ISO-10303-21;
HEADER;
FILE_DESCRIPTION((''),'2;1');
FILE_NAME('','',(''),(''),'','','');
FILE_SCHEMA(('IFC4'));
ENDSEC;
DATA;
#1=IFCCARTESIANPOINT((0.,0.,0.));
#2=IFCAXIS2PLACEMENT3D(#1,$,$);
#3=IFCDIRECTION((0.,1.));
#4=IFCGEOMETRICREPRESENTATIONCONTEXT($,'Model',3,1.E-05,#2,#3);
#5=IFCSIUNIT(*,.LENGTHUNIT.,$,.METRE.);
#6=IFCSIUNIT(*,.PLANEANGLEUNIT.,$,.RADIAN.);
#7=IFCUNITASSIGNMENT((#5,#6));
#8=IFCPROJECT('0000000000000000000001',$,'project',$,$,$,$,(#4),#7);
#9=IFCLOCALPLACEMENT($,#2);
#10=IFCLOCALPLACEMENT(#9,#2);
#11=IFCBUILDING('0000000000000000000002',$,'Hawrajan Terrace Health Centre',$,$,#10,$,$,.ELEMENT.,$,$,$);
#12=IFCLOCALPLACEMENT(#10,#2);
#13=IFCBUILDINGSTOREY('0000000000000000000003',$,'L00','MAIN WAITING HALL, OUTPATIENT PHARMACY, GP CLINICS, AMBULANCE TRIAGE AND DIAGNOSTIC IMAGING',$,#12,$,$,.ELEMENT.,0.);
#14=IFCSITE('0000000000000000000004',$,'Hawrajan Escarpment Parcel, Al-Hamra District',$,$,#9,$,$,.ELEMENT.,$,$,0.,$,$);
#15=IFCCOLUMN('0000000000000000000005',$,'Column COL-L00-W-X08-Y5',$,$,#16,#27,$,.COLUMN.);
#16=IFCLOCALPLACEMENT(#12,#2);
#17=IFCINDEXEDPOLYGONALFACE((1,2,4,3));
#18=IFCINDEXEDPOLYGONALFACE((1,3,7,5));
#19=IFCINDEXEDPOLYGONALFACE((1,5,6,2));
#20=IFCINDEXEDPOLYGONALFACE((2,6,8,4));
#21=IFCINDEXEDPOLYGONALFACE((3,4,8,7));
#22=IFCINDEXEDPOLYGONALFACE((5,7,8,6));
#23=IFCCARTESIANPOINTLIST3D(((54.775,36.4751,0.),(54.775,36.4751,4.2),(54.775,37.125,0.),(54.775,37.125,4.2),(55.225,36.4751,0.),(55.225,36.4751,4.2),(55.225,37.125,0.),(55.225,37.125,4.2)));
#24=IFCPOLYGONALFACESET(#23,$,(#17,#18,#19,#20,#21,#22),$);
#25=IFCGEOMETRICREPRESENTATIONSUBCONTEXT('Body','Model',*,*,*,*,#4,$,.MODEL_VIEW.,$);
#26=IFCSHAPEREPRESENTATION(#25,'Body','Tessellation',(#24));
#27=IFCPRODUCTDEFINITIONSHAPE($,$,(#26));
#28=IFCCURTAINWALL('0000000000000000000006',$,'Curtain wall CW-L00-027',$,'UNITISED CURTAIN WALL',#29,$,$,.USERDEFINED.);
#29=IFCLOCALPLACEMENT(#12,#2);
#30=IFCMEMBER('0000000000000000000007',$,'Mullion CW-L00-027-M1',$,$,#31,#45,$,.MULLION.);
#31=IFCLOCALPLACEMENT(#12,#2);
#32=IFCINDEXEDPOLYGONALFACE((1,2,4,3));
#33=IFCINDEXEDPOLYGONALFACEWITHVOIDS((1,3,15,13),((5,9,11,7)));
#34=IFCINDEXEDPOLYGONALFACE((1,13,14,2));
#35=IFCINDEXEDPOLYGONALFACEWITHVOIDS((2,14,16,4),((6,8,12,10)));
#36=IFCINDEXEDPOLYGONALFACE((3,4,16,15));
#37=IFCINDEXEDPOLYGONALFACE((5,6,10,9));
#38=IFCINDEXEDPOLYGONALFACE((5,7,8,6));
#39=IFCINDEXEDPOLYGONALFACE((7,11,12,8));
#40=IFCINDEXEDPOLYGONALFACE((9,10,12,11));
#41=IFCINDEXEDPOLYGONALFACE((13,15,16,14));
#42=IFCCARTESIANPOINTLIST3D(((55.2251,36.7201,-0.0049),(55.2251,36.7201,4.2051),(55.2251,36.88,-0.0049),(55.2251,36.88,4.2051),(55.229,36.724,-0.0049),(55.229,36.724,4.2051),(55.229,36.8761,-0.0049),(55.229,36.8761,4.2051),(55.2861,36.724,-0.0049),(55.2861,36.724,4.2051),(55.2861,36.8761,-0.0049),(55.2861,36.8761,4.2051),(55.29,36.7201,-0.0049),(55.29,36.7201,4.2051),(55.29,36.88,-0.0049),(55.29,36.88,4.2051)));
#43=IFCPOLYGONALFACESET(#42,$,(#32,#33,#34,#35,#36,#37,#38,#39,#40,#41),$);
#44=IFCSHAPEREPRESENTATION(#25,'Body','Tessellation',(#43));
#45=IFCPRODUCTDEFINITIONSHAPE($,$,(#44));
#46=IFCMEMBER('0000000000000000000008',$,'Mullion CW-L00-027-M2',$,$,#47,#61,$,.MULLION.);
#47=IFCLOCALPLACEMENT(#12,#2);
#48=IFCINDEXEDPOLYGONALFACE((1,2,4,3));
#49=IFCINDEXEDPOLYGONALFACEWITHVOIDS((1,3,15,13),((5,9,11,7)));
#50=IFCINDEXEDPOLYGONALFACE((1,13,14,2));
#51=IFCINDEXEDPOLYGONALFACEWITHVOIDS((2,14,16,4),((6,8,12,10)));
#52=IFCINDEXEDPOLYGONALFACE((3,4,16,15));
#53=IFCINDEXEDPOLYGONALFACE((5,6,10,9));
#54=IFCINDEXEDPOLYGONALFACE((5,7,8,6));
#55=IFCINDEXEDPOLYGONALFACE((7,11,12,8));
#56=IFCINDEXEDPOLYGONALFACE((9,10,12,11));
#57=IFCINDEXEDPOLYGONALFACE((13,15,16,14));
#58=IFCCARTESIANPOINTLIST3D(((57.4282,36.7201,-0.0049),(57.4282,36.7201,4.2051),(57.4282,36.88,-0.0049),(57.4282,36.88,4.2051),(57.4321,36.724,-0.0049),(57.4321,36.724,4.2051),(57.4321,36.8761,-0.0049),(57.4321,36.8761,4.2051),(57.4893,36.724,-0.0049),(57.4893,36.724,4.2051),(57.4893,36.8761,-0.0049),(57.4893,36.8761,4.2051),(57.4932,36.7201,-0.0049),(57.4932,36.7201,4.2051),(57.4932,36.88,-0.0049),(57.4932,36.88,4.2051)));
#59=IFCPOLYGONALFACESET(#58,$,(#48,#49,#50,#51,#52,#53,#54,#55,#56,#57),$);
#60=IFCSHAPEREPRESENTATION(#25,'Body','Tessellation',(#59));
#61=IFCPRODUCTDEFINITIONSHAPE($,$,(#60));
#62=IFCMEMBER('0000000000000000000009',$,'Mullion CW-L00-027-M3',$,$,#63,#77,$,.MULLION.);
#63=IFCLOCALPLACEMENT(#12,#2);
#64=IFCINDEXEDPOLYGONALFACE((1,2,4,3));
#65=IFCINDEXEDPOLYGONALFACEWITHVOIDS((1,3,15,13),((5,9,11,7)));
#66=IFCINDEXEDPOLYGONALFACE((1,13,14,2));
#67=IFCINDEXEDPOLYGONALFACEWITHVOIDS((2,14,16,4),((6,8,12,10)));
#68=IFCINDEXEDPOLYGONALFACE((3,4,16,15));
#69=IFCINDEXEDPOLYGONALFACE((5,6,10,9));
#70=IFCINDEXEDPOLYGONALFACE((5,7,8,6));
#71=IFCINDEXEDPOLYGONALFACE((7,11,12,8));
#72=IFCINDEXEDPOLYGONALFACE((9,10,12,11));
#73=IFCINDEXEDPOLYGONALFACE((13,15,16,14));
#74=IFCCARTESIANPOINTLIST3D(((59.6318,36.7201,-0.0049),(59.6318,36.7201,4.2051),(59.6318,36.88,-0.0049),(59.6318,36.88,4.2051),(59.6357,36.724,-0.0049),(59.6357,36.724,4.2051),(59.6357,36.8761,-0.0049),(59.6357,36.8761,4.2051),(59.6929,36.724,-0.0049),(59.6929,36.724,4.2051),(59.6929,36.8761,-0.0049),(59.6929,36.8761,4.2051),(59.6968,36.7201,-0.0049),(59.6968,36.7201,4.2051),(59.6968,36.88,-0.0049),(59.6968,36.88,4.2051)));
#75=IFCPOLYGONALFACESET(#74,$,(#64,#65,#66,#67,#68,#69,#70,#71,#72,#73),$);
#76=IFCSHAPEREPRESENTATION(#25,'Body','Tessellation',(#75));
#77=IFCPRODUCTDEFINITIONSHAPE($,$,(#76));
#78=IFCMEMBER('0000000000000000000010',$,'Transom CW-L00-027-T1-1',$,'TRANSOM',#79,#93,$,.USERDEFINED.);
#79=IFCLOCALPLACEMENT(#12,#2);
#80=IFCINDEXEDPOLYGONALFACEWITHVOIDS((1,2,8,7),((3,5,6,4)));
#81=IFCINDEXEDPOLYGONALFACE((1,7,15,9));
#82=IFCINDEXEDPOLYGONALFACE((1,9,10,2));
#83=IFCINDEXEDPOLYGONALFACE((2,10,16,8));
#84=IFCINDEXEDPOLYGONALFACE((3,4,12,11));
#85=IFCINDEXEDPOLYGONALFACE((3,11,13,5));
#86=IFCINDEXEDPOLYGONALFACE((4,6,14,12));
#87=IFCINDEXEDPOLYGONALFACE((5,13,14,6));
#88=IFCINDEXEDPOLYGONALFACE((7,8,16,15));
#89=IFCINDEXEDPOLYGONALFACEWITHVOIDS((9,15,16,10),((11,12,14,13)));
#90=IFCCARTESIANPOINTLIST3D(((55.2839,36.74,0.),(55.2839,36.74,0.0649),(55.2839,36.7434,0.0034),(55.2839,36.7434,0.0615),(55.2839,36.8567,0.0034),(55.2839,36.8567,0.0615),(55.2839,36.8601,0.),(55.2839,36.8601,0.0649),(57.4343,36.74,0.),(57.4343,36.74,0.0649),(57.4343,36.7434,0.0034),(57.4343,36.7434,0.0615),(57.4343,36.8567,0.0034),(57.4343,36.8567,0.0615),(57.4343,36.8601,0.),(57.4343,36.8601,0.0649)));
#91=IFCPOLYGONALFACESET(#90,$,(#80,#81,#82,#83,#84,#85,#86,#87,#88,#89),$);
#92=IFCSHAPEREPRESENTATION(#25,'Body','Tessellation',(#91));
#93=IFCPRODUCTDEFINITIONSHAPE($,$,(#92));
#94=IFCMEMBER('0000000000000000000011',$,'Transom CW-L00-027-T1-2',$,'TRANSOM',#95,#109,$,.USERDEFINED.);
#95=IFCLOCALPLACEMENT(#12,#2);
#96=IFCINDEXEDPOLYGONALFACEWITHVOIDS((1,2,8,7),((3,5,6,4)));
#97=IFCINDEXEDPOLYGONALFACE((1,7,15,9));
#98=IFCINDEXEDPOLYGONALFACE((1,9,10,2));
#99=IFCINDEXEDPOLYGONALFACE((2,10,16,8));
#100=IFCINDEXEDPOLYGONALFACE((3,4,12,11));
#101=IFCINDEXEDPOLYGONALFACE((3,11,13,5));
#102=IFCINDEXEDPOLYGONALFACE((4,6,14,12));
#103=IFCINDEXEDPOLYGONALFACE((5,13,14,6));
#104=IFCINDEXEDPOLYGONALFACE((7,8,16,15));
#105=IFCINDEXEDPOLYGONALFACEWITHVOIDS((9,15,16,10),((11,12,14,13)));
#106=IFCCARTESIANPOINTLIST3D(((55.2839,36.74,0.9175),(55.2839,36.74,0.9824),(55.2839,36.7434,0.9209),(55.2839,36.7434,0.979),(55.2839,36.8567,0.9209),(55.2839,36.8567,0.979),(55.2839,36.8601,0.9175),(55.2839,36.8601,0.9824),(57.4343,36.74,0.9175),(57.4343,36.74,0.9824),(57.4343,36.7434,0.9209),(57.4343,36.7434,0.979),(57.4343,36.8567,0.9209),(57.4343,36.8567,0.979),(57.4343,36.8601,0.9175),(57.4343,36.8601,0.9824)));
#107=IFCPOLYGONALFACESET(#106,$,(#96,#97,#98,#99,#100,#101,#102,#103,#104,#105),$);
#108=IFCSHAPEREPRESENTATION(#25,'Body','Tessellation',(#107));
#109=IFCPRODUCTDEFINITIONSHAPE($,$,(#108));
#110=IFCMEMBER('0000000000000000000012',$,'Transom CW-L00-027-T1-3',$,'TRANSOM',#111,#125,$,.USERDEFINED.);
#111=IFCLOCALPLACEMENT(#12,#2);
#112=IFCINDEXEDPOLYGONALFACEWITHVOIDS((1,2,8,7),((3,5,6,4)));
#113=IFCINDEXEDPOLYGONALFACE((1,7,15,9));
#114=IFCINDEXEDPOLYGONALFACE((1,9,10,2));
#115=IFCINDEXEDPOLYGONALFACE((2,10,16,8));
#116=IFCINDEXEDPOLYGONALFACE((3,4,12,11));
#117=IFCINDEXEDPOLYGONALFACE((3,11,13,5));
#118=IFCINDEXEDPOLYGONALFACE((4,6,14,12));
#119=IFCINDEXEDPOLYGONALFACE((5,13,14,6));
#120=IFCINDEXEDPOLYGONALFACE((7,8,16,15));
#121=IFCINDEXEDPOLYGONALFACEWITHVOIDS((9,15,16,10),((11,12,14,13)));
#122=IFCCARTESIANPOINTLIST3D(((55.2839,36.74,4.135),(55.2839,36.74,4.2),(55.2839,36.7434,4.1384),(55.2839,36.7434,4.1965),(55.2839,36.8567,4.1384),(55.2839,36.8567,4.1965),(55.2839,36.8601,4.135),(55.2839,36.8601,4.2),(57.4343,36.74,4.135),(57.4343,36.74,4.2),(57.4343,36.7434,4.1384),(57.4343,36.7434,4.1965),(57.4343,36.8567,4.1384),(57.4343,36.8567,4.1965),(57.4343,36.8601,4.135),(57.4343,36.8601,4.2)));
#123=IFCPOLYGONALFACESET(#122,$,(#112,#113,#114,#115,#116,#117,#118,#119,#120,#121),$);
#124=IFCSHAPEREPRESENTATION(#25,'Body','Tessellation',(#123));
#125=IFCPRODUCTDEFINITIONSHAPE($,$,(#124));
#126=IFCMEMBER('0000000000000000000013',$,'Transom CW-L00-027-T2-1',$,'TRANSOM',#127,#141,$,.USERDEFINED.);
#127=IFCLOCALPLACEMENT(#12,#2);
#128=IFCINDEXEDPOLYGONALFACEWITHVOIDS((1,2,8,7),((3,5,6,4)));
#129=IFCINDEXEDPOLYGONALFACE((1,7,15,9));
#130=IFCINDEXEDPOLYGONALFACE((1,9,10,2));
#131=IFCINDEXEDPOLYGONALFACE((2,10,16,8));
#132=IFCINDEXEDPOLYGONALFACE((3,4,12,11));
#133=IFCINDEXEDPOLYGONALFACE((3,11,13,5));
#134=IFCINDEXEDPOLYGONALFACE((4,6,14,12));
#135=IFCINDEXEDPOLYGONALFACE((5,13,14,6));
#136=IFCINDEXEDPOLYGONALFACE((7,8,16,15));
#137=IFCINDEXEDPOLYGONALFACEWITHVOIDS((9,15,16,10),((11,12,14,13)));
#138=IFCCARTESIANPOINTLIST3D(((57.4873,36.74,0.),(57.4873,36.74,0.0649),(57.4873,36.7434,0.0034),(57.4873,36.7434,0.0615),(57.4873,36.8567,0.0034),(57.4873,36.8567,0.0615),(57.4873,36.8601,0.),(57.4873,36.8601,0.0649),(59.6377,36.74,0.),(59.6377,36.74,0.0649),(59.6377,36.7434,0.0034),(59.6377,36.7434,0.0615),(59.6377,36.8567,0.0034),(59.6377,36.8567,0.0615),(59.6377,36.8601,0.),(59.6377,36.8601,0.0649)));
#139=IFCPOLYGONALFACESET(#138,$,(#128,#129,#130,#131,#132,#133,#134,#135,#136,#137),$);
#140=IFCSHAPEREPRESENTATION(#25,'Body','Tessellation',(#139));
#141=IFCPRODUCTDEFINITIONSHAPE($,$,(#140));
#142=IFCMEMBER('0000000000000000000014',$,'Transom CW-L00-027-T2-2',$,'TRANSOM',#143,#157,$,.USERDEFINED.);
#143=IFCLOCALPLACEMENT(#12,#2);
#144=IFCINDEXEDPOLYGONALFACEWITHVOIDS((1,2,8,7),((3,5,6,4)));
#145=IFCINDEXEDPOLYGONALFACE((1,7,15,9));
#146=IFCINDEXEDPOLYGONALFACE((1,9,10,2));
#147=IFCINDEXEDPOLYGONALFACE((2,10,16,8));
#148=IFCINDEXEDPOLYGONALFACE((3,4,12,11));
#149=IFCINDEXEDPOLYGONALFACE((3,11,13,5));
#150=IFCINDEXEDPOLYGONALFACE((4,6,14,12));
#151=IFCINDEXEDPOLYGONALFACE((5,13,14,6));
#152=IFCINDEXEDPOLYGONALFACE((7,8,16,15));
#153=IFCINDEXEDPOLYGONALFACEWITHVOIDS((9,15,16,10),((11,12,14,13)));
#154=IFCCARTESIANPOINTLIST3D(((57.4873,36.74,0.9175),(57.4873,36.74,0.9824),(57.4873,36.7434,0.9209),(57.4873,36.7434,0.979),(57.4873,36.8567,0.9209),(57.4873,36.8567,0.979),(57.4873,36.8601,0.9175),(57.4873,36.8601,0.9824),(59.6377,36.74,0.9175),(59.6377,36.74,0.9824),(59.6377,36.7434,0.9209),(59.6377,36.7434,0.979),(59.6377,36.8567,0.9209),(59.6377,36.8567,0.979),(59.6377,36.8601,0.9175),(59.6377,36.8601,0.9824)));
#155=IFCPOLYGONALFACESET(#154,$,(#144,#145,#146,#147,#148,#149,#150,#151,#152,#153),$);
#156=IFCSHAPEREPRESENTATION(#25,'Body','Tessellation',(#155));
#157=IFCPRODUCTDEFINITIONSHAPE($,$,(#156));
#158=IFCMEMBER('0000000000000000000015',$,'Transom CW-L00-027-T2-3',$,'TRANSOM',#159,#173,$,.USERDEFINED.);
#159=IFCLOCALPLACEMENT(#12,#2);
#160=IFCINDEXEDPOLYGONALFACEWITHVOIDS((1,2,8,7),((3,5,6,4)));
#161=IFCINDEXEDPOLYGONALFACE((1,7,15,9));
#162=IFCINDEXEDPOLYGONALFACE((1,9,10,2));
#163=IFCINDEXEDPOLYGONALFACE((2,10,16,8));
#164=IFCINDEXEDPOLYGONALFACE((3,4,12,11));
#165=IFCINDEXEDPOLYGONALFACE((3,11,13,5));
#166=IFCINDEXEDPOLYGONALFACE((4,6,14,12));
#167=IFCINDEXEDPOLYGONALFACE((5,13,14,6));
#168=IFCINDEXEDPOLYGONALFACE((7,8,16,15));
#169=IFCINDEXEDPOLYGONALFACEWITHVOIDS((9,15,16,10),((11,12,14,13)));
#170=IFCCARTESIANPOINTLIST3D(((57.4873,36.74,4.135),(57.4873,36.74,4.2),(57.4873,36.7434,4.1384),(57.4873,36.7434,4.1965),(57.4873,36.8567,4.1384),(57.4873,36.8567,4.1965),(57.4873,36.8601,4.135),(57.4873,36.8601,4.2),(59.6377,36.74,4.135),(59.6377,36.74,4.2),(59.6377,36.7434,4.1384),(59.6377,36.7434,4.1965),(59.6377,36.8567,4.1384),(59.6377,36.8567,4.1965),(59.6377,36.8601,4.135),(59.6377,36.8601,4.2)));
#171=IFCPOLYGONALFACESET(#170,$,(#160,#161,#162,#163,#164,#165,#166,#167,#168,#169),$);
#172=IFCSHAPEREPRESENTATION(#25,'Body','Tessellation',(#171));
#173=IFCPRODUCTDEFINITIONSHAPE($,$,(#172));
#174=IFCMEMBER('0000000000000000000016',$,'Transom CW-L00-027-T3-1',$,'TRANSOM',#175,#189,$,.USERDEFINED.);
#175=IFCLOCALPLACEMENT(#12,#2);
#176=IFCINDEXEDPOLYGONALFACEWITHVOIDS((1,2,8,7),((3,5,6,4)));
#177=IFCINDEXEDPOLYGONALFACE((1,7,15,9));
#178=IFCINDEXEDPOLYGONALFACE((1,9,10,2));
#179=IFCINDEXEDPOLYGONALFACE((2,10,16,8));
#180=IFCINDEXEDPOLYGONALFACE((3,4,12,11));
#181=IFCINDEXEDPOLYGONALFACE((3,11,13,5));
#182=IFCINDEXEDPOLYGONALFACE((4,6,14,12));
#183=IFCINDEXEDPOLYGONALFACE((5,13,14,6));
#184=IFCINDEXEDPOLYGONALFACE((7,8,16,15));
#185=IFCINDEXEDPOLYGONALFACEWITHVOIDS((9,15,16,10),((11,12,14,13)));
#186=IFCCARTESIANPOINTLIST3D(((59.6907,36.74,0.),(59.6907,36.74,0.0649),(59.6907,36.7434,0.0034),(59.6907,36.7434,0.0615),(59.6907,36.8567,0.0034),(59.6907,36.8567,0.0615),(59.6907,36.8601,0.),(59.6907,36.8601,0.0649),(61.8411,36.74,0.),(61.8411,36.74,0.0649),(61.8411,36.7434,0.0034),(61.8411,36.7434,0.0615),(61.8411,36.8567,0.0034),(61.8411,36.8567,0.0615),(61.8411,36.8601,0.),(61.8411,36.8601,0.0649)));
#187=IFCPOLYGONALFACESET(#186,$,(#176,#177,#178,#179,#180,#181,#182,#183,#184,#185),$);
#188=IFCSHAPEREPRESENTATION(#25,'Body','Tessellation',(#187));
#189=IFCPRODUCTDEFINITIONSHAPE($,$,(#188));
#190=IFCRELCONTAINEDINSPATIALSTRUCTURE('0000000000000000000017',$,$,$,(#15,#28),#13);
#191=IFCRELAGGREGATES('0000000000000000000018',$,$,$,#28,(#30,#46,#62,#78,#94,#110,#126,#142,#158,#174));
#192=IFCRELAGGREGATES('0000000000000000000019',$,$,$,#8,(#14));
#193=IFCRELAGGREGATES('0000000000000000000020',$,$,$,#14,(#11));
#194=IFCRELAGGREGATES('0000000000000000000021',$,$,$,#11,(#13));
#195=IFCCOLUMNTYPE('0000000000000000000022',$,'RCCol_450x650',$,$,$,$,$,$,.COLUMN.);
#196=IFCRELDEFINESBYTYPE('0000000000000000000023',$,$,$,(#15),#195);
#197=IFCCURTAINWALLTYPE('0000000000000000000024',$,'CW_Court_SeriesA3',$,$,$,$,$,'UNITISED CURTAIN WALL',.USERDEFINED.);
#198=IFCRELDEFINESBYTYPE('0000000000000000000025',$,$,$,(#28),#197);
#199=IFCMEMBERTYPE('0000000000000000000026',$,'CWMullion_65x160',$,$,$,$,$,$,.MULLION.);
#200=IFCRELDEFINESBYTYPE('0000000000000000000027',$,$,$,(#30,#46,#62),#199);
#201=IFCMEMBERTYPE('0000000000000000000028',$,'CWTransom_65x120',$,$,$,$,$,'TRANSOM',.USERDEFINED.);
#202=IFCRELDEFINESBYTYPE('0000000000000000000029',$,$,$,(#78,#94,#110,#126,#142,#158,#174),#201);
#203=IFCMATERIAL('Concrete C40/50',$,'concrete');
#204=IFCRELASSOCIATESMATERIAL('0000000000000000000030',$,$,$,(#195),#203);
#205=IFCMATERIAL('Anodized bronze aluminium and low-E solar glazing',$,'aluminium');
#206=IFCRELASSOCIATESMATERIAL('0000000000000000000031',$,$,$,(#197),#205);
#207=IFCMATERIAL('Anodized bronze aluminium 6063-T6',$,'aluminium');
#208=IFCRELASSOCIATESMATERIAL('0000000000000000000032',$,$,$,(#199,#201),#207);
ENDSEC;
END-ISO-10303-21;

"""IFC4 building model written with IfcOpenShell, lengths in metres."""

from ifc_helpers import new_model, si_unit, direction, frame, origin, origin_2d, place, context, subcontext, project, spatial, rectangle, hollow_rectangle, extrude, material, material_profile, profile_set, type_object, element, aggregate, save


model = new_model("IFC4")

# Units and contexts
model_context = context("Model", 3, precision=1e-05, world=origin(), true_north=direction((0.0, 1.0)))
body_context = subcontext(model_context, "Body", "Model", "MODEL_VIEW")
ifc_project = project(units=[si_unit("LENGTHUNIT", "METRE"), si_unit("PLANEANGLEUNIT", "RADIAN")], contexts=[model_context])

# Site, building, storey
site_placement = place(None, origin())
site = spatial("IfcSite", under=ifc_project, at=site_placement, Name="Hawrajan Escarpment Parcel, Al-Hamra District", CompositionType="ELEMENT", RefElevation=0.0)
building_placement = place(site_placement, origin())
building = spatial("IfcBuilding", under=site, at=building_placement, Name="Hawrajan Terrace Health Centre", CompositionType="ELEMENT")
storey_placement = place(building_placement, origin())
storey = spatial("IfcBuildingStorey", under=building, at=storey_placement, Name="L00", Description="MAIN WAITING HALL, OUTPATIENT PHARMACY, GP CLINICS, AMBULANCE TRIAGE AND DIAGNOSTIC IMAGING", CompositionType="ELEMENT", Elevation=0.0)

# Column
ifc_material_1 = material(Name="Concrete C40/50", Category="concrete")
ifc_material_profile_1 = material_profile(ifc_material_1, rectangle(XDim=0.45, YDim=0.6499, at=origin_2d()), Name="RC 450x650")
ifc_profile_set_1 = profile_set([ifc_material_profile_1], Name="Concrete C40/50")
column_type = type_object("IfcColumnType", Name="RCCol_450x650", PredefinedType="COLUMN", material=ifc_profile_set_1)
column_placement = place(storey_placement, frame((55.0, 36.8, 0.0), z_axis=(0.0, 0.0, 1.0), x_axis=(1.0, 0.0, 0.0)))
element("IfcColumn", 1, at=column_placement, inside=storey, type_object=column_type, Name="Column COL-L00-W-X08-Y5", PredefinedType="COLUMN", context=body_context, shape_type="SweptSolid", body=[
    extrude(rectangle(XDim=0.45, YDim=0.6499, at=origin_2d()), origin(), (0.0, 0.0, 1.0), 4.2),
])

# Curtain wall, members
ifc_material_2 = material(Name="Anodized bronze aluminium and low-E solar glazing", Category="aluminium")
curtain_wall_type = type_object("IfcCurtainWallType", Name="CW_Court_SeriesA3", ElementType="UNITISED CURTAIN WALL", PredefinedType="USERDEFINED", material=ifc_material_2)
curtain_wall_placement = place(storey_placement, origin())
curtain_wall = element("IfcCurtainWall", 2, at=curtain_wall_placement, inside=storey, type_object=curtain_wall_type, Name="Curtain wall CW-L00-027", ObjectType="UNITISED CURTAIN WALL", PredefinedType="USERDEFINED")
ifc_material_3 = material(Name="Anodized bronze aluminium 6063-T6", Category="aluminium")
ifc_material_profile_2 = material_profile(ifc_material_3, hollow_rectangle(XDim=0.0649, YDim=0.1599, WallThickness=0.0039, at=origin_2d()), Name="CW MUL 65x160")
ifc_profile_set_2 = profile_set([ifc_material_profile_2], Name="Anodized bronze aluminium 6063-T6")
member_type_1 = type_object("IfcMemberType", Name="CWMullion_65x160", PredefinedType="MULLION", material=ifc_profile_set_2)
member_1_placement = place(storey_placement, frame((55.2576, 36.8, -0.0049), z_axis=(0.0, 0.0, 1.0), x_axis=(1.0, 0.0, 0.0)))
member_1 = element("IfcMember", 3, at=member_1_placement, type_object=member_type_1, Name="Mullion CW-L00-027-M1", PredefinedType="MULLION", context=body_context, shape_type="SweptSolid", body=[
    extrude(hollow_rectangle(XDim=0.0649, YDim=0.1599, WallThickness=0.0039, at=origin_2d()), origin(), (0.0, 0.0, 1.0), 4.21),
])
member_2_placement = place(storey_placement, frame((57.4607, 36.8, -0.0049), z_axis=(0.0, 0.0, 1.0), x_axis=(1.0, 0.0, 0.0)))
member_2 = element("IfcMember", 4, at=member_2_placement, type_object=member_type_1, Name="Mullion CW-L00-027-M2", PredefinedType="MULLION", context=body_context, shape_type="SweptSolid", body=[
    extrude(hollow_rectangle(XDim=0.0649, YDim=0.1599, WallThickness=0.0039, at=origin_2d()), origin(), (0.0, 0.0, 1.0), 4.21),
])
member_3_placement = place(storey_placement, frame((59.6643, 36.8, -0.0049), z_axis=(0.0, 0.0, 1.0), x_axis=(1.0, 0.0, 0.0)))
member_3 = element("IfcMember", 5, at=member_3_placement, type_object=member_type_1, Name="Mullion CW-L00-027-M3", PredefinedType="MULLION", context=body_context, shape_type="SweptSolid", body=[
    extrude(hollow_rectangle(XDim=0.0649, YDim=0.1599, WallThickness=0.0039, at=origin_2d()), origin(), (0.0, 0.0, 1.0), 4.21),
])
ifc_material_profile_3 = material_profile(ifc_material_3, hollow_rectangle(XDim=0.0649, YDim=0.1201, WallThickness=0.0034, at=origin_2d()), Name="CW TRN 65x120")
ifc_profile_set_3 = profile_set([ifc_material_profile_3], Name="Anodized bronze aluminium 6063-T6")
member_type_2 = type_object("IfcMemberType", Name="CWTransom_65x120", ElementType="TRANSOM", PredefinedType="USERDEFINED", material=ifc_profile_set_3)
member_4_placement = place(storey_placement, frame((55.2839, 36.8, 0.0325), z_axis=(1.0, 0.0, 0.0), x_axis=(0.0, 0.0, 1.0)))
member_4 = element("IfcMember", 6, at=member_4_placement, type_object=member_type_2, Name="Transom CW-L00-027-T1-1", ObjectType="TRANSOM", PredefinedType="USERDEFINED", context=body_context, shape_type="SweptSolid", body=[
    extrude(hollow_rectangle(XDim=0.0649, YDim=0.1201, WallThickness=0.0034, at=origin_2d()), origin(), (0.0, 0.0, 1.0), 2.1504),
])
member_5_placement = place(storey_placement, frame((55.2839, 36.8, 0.95), z_axis=(1.0, 0.0, 0.0), x_axis=(0.0, 0.0, 1.0)))
member_5 = element("IfcMember", 7, at=member_5_placement, type_object=member_type_2, Name="Transom CW-L00-027-T1-2", ObjectType="TRANSOM", PredefinedType="USERDEFINED", context=body_context, shape_type="SweptSolid", body=[
    extrude(hollow_rectangle(XDim=0.0649, YDim=0.1201, WallThickness=0.0034, at=origin_2d()), origin(), (0.0, 0.0, 1.0), 2.1504),
])
member_6_placement = place(storey_placement, frame((55.2839, 36.8, 4.1675), z_axis=(1.0, 0.0, 0.0), x_axis=(0.0, 0.0, 1.0)))
member_6 = element("IfcMember", 8, at=member_6_placement, type_object=member_type_2, Name="Transom CW-L00-027-T1-3", ObjectType="TRANSOM", PredefinedType="USERDEFINED", context=body_context, shape_type="SweptSolid", body=[
    extrude(hollow_rectangle(XDim=0.0649, YDim=0.1201, WallThickness=0.0034, at=origin_2d()), origin(), (0.0, 0.0, 1.0), 2.1504),
])
member_7_placement = place(storey_placement, frame((57.4873, 36.8, 0.0325), z_axis=(1.0, 0.0, 0.0), x_axis=(0.0, 0.0, 1.0)))
member_7 = element("IfcMember", 9, at=member_7_placement, type_object=member_type_2, Name="Transom CW-L00-027-T2-1", ObjectType="TRANSOM", PredefinedType="USERDEFINED", context=body_context, shape_type="SweptSolid", body=[
    extrude(hollow_rectangle(XDim=0.0649, YDim=0.1201, WallThickness=0.0034, at=origin_2d()), origin(), (0.0, 0.0, 1.0), 2.1504),
])
member_8_placement = place(storey_placement, frame((57.4873, 36.8, 0.95), z_axis=(1.0, 0.0, 0.0), x_axis=(0.0, 0.0, 1.0)))
member_8 = element("IfcMember", 10, at=member_8_placement, type_object=member_type_2, Name="Transom CW-L00-027-T2-2", ObjectType="TRANSOM", PredefinedType="USERDEFINED", context=body_context, shape_type="SweptSolid", body=[
    extrude(hollow_rectangle(XDim=0.0649, YDim=0.1201, WallThickness=0.0034, at=origin_2d()), origin(), (0.0, 0.0, 1.0), 2.1504),
])
member_9_placement = place(storey_placement, frame((57.4873, 36.8, 4.1675), z_axis=(1.0, 0.0, 0.0), x_axis=(0.0, 0.0, 1.0)))
member_9 = element("IfcMember", 11, at=member_9_placement, type_object=member_type_2, Name="Transom CW-L00-027-T2-3", ObjectType="TRANSOM", PredefinedType="USERDEFINED", context=body_context, shape_type="SweptSolid", body=[
    extrude(hollow_rectangle(XDim=0.0649, YDim=0.1201, WallThickness=0.0034, at=origin_2d()), origin(), (0.0, 0.0, 1.0), 2.1504),
])
member_10_placement = place(storey_placement, frame((59.6907, 36.8, 0.0325), z_axis=(1.0, 0.0, 0.0), x_axis=(0.0, 0.0, 1.0)))
member_10 = element("IfcMember", 12, at=member_10_placement, type_object=member_type_2, Name="Transom CW-L00-027-T3-1", ObjectType="TRANSOM", PredefinedType="USERDEFINED", context=body_context, shape_type="SweptSolid", body=[
    extrude(hollow_rectangle(XDim=0.0649, YDim=0.1201, WallThickness=0.0034, at=origin_2d()), origin(), (0.0, 0.0, 1.0), 2.1504),
])

aggregate(curtain_wall, [member_1, member_2, member_3, member_4, member_5, member_6, member_7, member_8, member_9, member_10])

save(model, "model.ifc")
